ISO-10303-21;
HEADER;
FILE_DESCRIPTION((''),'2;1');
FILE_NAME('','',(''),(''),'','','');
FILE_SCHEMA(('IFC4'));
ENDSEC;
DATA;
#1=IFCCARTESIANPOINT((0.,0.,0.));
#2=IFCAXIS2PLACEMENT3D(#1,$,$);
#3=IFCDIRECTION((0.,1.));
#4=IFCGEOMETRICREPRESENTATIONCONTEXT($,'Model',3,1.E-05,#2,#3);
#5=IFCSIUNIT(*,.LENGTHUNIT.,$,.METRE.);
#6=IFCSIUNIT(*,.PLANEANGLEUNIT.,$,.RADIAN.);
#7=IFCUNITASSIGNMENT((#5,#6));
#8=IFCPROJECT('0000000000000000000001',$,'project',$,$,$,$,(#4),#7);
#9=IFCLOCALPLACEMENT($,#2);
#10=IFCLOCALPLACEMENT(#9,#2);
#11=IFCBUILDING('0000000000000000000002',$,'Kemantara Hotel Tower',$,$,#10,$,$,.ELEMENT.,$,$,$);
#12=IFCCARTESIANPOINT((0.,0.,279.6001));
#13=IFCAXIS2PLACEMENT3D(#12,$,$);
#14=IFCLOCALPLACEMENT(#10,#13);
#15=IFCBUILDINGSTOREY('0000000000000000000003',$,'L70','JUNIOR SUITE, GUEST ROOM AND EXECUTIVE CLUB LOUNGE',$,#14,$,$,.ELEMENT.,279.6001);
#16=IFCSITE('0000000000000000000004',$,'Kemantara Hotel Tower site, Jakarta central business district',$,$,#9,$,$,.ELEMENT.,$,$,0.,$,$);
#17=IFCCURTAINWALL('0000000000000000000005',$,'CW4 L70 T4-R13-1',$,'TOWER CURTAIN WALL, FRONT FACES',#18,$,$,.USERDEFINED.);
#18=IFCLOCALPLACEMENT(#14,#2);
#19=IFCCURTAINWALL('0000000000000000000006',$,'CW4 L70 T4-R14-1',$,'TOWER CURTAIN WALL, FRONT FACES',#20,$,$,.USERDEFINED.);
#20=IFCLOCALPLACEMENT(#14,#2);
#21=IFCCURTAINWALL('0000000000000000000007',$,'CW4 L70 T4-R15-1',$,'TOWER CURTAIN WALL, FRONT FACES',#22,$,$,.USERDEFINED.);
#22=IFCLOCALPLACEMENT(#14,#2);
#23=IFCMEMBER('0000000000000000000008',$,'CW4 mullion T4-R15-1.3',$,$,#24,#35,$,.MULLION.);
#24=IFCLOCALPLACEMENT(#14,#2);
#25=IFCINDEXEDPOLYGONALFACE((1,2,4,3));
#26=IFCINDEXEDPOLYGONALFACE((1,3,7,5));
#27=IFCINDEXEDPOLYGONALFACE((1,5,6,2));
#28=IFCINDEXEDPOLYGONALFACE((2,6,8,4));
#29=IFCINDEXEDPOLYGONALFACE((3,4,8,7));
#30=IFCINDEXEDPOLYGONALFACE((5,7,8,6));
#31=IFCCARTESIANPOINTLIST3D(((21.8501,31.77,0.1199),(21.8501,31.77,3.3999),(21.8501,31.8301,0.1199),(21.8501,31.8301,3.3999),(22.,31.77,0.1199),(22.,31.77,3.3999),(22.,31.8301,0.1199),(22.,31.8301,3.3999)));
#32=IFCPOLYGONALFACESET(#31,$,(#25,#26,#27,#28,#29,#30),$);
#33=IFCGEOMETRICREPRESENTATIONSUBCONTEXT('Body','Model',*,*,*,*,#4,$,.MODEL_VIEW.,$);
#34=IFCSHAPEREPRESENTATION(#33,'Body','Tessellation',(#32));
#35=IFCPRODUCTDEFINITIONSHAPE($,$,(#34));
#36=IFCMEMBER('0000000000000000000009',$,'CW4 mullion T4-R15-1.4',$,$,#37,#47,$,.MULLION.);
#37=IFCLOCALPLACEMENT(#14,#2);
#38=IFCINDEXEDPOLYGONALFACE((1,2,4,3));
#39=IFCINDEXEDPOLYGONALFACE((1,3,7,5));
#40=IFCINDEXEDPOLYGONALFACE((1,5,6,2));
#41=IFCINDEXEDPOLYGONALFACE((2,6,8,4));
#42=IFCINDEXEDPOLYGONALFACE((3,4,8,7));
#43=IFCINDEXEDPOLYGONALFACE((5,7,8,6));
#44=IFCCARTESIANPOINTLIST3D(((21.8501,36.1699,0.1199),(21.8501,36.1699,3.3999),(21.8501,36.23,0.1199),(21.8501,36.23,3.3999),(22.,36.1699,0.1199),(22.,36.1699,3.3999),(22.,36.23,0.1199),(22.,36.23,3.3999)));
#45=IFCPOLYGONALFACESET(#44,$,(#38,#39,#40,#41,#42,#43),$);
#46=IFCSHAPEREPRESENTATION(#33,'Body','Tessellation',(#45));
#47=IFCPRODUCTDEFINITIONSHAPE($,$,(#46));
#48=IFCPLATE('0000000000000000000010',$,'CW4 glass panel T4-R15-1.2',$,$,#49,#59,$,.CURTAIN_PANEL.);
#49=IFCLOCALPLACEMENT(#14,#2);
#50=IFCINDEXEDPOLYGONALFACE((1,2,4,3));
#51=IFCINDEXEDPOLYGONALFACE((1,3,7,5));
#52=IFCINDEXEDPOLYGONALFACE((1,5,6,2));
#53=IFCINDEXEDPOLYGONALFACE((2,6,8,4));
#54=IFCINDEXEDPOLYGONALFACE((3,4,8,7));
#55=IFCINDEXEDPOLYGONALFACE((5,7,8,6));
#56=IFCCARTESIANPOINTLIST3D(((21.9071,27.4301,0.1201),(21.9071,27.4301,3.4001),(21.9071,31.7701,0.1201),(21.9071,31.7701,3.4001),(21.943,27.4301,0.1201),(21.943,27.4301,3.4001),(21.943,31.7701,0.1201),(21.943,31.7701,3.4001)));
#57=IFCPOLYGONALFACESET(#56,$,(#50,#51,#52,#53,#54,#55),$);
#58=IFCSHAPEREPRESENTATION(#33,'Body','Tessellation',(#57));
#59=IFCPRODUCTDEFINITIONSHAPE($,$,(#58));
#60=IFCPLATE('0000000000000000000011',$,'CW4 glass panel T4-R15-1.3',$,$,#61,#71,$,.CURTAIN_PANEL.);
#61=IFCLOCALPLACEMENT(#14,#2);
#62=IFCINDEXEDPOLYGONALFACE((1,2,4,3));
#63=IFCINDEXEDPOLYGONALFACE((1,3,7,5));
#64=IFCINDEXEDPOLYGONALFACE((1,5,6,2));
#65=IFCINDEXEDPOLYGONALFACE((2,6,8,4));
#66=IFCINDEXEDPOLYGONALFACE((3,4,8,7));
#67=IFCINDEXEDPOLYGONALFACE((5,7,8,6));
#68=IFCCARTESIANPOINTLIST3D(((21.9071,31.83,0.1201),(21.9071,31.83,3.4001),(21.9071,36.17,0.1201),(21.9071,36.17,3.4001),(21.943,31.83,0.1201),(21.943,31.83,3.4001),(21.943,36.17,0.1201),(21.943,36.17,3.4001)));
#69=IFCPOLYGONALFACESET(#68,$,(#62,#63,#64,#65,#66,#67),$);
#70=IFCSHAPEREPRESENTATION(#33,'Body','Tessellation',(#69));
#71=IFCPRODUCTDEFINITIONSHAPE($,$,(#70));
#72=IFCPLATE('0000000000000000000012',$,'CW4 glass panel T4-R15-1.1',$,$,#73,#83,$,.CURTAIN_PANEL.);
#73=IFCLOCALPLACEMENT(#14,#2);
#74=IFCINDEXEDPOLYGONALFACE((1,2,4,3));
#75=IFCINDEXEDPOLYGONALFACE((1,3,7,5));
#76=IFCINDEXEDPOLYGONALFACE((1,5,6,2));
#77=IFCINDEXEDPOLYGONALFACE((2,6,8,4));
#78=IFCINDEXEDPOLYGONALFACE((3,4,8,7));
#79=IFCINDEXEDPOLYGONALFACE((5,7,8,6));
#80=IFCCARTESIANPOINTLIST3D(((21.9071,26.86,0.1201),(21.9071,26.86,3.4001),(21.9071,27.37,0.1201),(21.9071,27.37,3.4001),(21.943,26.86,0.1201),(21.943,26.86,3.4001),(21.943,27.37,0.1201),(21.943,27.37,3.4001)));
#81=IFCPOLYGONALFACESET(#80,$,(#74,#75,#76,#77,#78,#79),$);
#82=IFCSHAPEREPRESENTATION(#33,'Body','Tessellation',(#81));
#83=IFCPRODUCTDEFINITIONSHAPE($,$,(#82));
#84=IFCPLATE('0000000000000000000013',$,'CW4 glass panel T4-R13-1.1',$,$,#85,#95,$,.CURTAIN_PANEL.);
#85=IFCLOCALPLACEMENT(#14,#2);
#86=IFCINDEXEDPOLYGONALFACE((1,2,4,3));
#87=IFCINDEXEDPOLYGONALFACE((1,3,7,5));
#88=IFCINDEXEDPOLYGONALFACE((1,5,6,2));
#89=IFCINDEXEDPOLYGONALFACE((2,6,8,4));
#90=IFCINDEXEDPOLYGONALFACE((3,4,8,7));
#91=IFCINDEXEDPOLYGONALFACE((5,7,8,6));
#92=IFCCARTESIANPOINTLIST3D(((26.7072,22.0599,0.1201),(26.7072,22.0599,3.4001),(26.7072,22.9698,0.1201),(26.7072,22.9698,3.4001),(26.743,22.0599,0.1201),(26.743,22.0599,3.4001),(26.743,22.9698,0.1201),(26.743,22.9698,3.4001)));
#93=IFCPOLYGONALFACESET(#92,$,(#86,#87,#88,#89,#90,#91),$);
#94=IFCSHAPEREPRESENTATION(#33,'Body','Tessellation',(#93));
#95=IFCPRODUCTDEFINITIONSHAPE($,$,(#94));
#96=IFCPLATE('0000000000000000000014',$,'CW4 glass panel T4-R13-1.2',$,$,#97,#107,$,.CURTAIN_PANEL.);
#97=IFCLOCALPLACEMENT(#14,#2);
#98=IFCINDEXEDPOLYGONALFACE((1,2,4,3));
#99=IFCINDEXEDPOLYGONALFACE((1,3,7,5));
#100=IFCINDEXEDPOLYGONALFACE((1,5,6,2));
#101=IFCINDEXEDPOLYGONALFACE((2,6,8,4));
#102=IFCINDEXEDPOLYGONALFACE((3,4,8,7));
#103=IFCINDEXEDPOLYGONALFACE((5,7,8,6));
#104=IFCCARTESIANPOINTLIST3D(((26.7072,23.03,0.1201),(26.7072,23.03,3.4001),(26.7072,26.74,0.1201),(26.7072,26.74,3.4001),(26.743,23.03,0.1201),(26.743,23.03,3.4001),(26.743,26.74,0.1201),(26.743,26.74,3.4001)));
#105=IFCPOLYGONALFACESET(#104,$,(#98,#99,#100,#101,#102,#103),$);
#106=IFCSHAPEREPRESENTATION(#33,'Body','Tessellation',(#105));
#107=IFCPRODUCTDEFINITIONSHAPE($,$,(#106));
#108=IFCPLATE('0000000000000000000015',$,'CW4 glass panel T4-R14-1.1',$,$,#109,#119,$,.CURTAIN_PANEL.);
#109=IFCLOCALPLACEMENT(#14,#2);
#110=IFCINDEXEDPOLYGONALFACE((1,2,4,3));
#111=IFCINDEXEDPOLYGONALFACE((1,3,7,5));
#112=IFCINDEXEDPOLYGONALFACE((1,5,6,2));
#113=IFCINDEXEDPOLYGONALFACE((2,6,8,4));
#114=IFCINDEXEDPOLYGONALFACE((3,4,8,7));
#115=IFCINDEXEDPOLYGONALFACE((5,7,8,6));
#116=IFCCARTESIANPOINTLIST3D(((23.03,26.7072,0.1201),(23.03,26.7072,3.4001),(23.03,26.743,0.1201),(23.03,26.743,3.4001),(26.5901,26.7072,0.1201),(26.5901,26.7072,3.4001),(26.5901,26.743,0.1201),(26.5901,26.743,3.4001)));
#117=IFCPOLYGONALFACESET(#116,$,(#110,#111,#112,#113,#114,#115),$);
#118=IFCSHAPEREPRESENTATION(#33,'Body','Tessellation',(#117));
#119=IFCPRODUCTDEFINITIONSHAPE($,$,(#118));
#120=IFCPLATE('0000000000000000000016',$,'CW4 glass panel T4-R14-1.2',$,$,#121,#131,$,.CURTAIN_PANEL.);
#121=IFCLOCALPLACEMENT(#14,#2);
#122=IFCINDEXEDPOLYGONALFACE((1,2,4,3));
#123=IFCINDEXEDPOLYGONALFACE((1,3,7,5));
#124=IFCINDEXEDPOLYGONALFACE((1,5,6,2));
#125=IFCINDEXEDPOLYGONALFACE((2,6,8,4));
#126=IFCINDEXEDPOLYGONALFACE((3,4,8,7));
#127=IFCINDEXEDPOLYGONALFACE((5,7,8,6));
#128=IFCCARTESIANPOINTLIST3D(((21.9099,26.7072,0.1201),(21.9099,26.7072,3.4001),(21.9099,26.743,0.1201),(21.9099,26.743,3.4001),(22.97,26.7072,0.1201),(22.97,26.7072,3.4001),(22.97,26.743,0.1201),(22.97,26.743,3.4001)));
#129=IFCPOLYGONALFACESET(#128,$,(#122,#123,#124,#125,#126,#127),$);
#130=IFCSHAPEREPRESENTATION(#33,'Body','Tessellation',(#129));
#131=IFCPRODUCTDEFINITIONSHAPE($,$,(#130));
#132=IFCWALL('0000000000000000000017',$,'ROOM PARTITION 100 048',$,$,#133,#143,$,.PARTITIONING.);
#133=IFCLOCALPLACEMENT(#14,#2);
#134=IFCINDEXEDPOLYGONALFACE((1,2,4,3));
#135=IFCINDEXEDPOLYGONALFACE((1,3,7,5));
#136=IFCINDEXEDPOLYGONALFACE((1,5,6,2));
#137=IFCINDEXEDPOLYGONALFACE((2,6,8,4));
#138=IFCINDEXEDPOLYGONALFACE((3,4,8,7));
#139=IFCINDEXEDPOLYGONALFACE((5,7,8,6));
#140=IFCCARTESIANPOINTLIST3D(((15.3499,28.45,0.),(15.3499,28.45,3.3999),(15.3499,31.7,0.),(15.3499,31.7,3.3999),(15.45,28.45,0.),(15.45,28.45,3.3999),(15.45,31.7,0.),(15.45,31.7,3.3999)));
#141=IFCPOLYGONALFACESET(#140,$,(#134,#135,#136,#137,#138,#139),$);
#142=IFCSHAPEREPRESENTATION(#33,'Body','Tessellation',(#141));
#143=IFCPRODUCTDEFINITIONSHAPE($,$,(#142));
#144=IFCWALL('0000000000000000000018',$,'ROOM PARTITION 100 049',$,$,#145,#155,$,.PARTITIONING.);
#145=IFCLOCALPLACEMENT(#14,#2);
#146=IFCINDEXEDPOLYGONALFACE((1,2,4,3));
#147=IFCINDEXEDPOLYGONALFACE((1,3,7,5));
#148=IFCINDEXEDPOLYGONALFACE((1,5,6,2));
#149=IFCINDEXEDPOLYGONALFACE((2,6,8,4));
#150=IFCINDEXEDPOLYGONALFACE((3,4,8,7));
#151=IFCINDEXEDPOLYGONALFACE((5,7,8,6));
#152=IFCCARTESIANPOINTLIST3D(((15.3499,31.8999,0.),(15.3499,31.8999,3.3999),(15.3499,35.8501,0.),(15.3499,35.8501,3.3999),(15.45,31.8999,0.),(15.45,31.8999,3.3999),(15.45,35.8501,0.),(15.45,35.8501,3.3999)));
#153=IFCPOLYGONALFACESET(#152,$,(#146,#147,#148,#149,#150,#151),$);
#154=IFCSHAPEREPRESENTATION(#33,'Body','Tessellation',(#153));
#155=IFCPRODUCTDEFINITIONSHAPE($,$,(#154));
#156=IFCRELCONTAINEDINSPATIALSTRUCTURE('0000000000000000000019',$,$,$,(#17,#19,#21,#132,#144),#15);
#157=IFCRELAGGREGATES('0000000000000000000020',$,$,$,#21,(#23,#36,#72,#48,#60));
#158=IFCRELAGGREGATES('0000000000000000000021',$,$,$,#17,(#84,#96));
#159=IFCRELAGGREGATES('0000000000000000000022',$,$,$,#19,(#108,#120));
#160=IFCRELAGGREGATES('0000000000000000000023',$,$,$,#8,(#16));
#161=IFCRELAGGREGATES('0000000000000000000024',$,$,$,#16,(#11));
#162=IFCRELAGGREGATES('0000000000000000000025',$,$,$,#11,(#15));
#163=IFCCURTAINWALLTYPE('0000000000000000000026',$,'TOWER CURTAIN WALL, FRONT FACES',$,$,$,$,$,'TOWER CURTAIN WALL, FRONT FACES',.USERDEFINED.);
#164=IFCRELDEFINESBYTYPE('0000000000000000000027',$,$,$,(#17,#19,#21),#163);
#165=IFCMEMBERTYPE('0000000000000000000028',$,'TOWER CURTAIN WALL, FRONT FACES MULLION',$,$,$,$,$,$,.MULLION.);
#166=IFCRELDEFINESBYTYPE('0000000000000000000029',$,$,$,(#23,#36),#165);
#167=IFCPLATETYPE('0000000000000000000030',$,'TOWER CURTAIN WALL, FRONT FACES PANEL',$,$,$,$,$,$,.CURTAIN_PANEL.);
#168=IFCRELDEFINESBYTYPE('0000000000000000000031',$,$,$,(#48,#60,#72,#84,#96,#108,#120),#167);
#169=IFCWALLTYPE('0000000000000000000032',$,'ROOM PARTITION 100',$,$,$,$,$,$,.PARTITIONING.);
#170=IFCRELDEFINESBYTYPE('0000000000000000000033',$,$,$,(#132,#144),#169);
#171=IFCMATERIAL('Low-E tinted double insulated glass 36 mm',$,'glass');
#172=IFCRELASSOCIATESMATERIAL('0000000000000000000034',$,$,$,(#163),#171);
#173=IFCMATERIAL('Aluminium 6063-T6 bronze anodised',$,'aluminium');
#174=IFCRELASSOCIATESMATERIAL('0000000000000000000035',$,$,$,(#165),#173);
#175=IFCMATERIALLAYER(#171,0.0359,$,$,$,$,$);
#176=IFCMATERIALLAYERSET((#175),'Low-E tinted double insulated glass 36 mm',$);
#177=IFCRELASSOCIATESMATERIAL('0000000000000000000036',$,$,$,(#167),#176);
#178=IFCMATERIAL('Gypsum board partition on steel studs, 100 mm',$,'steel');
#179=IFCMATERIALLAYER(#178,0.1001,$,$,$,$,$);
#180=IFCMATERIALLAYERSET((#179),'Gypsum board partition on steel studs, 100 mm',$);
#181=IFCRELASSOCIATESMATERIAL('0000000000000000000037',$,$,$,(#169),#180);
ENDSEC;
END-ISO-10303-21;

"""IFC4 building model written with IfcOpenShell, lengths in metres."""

from ifc_helpers import new_model, si_unit, direction, frame, frame_2d, origin, origin_2d, place, context, subcontext, project, spatial, rectangle, extrude, source, transform, mapped, material, layer, layer_set, material_profile, profile_set, type_object, element, aggregate, save


model = new_model("IFC4")

# Units and contexts
model_context = context("Model", 3, precision=1e-05, world=origin(), true_north=direction((0.0, 1.0)))
body_context = subcontext(model_context, "Body", "Model", "MODEL_VIEW")
ifc_project = project(units=[si_unit("LENGTHUNIT", "METRE"), si_unit("PLANEANGLEUNIT", "RADIAN")], contexts=[model_context])

# Site, building, storey
site_placement = place(None, origin())
site = spatial("IfcSite", under=ifc_project, at=site_placement, Name="Kemantara Hotel Tower site, Jakarta central business district", CompositionType="ELEMENT", RefElevation=0.0)
building_placement = place(site_placement, origin())
building = spatial("IfcBuilding", under=site, at=building_placement, Name="Kemantara Hotel Tower", CompositionType="ELEMENT")
storey_placement = place(building_placement, frame((0.0, 0.0, 279.6001)))
storey = spatial("IfcBuildingStorey", under=building, at=storey_placement, Name="L70", Description="JUNIOR SUITE, GUEST ROOM AND EXECUTIVE CLUB LOUNGE", CompositionType="ELEMENT", Elevation=279.6001)

# Curtain walls
ifc_material_1 = material(Name="Low-E tinted double insulated glass 36 mm", Category="glass")
curtain_wall_type = type_object("IfcCurtainWallType", Name="TOWER CURTAIN WALL, FRONT FACES", ElementType="TOWER CURTAIN WALL, FRONT FACES", PredefinedType="USERDEFINED", material=ifc_material_1)
curtain_wall_1_placement = place(storey_placement, origin())
curtain_wall_1 = element("IfcCurtainWall", 1, at=curtain_wall_1_placement, inside=storey, type_object=curtain_wall_type, Name="CW4 L70 T4-R13-1", ObjectType="TOWER CURTAIN WALL, FRONT FACES", PredefinedType="USERDEFINED")
ifc_material_2 = material(Name="Aluminium 6063-T6 bronze anodised", Category="aluminium")
curtain_wall_2_placement = place(storey_placement, origin())
curtain_wall_2 = element("IfcCurtainWall", 2, at=curtain_wall_2_placement, inside=storey, type_object=curtain_wall_type, Name="CW4 L70 T4-R14-1", ObjectType="TOWER CURTAIN WALL, FRONT FACES", PredefinedType="USERDEFINED")
curtain_wall_3_placement = place(storey_placement, origin())
curtain_wall_3 = element("IfcCurtainWall", 3, at=curtain_wall_3_placement, inside=storey, type_object=curtain_wall_type, Name="CW4 L70 T4-R15-1", ObjectType="TOWER CURTAIN WALL, FRONT FACES", PredefinedType="USERDEFINED")

# Members
ifc_material_profile_1 = material_profile(ifc_material_2, rectangle(XDim=0.1499, YDim=0.0601, at=origin_2d()), Name="TOWER CURTAIN WALL, FRONT FACES MULLION")
ifc_profile_set_1 = profile_set([ifc_material_profile_1], Name="Aluminium 6063-T6 bronze anodised")
member_type_1 = type_object("IfcMemberType", Name="TOWER CURTAIN WALL, FRONT FACES MULLION", PredefinedType="MULLION", material=ifc_profile_set_1)
shared_shape_1 = source(origin(), body_context, "Body", "SweptSolid", [
    extrude(rectangle(XDim=0.1499, YDim=0.0601, at=origin_2d()), origin(), (0.0, 0.0, 1.0), 3.28),
])
member_1_placement = place(storey_placement, frame((21.925, 31.8, 0.1199), z_axis=(0.0, 0.0, 1.0), x_axis=(-1.0, 0.0, 0.0)))
member_1 = element("IfcMember", 4, at=member_1_placement, type_object=member_type_1, Name="CW4 mullion T4-R15-1.3", PredefinedType="MULLION", context=body_context, shape_type="MappedRepresentation", body=[
    mapped(shared_shape_1, transform((0.0, 0.0, 0.0))),
])
member_2_placement = place(storey_placement, frame((21.925, 36.2, 0.1199), z_axis=(0.0, 0.0, 1.0), x_axis=(-1.0, 0.0, 0.0)))
member_2 = element("IfcMember", 5, at=member_2_placement, type_object=member_type_1, Name="CW4 mullion T4-R15-1.4", PredefinedType="MULLION", context=body_context, shape_type="MappedRepresentation", body=[
    mapped(shared_shape_1, transform((0.0, 0.0, 0.0))),
])

# Plates
ifc_layer_1 = layer(ifc_material_1, 0.0359)
ifc_layer_set_1 = layer_set([ifc_layer_1], Name="Low-E tinted double insulated glass 36 mm")
plate_type = type_object("IfcPlateType", Name="TOWER CURTAIN WALL, FRONT FACES PANEL", PredefinedType="CURTAIN_PANEL", material=ifc_layer_set_1)
shared_shape_2 = source(origin(), body_context, "Body", "SweptSolid", [
    extrude(rectangle(XDim=4.3401, YDim=0.0359, at=origin_2d()), origin(), (0.0, 0.0, 1.0), 3.28),
])
plate_1_placement = place(storey_placement, frame((21.925, 29.6001, 0.1201), z_axis=(0.0, 0.0, 1.0), x_axis=(0.0, 1.0, 0.0)))
plate_1 = element("IfcPlate", 6, at=plate_1_placement, type_object=plate_type, Name="CW4 glass panel T4-R15-1.2", PredefinedType="CURTAIN_PANEL", context=body_context, shape_type="MappedRepresentation", body=[
    mapped(shared_shape_2, transform((0.0, 0.0, 0.0))),
])
plate_2_placement = place(storey_placement, frame((21.925, 34.0, 0.1201), z_axis=(0.0, 0.0, 1.0), x_axis=(0.0, 1.0, 0.0)))
plate_2 = element("IfcPlate", 7, at=plate_2_placement, type_object=plate_type, Name="CW4 glass panel T4-R15-1.3", PredefinedType="CURTAIN_PANEL", context=body_context, shape_type="MappedRepresentation", body=[
    mapped(shared_shape_2, transform((0.0, 0.0, 0.0))),
])
shared_shape_3 = source(origin(), body_context, "Body", "SweptSolid", [
    extrude(rectangle(XDim=0.51, YDim=0.0359, at=origin_2d()), origin(), (0.0, 0.0, 1.0), 3.28),
])
plate_3_placement = place(storey_placement, frame((21.925, 27.115, 0.1201), z_axis=(0.0, 0.0, 1.0), x_axis=(0.0, 1.0, 0.0)))
plate_3 = element("IfcPlate", 8, at=plate_3_placement, type_object=plate_type, Name="CW4 glass panel T4-R15-1.1", PredefinedType="CURTAIN_PANEL", context=body_context, shape_type="MappedRepresentation", body=[
    mapped(shared_shape_3, transform((0.0, 0.0, 0.0))),
])
aggregate(curtain_wall_3, [member_1, member_2, plate_3, plate_1, plate_2])
shared_shape_4 = source(origin(), body_context, "Body", "SweptSolid", [
    extrude(rectangle(XDim=0.9099, YDim=0.0359, at=origin_2d()), origin(), (0.0, 0.0, 1.0), 3.28),
])
plate_4_placement = place(storey_placement, frame((26.7251, 22.5149, 0.1201), z_axis=(0.0, 0.0, 1.0), x_axis=(0.0, 1.0, 0.0)))
plate_4 = element("IfcPlate", 9, at=plate_4_placement, type_object=plate_type, Name="CW4 glass panel T4-R13-1.1", PredefinedType="CURTAIN_PANEL", context=body_context, shape_type="MappedRepresentation", body=[
    mapped(shared_shape_4, transform((0.0, 0.0, 0.0))),
])
shared_shape_5 = source(origin(), body_context, "Body", "SweptSolid", [
    extrude(rectangle(XDim=3.71, YDim=0.0359, at=origin_2d()), origin(), (0.0, 0.0, 1.0), 3.28),
])
plate_5_placement = place(storey_placement, frame((26.7251, 24.885, 0.1201), z_axis=(0.0, 0.0, 1.0), x_axis=(0.0, 1.0, 0.0)))
plate_5 = element("IfcPlate", 10, at=plate_5_placement, type_object=plate_type, Name="CW4 glass panel T4-R13-1.2", PredefinedType="CURTAIN_PANEL", context=body_context, shape_type="MappedRepresentation", body=[
    mapped(shared_shape_5, transform((0.0, 0.0, 0.0))),
])
aggregate(curtain_wall_1, [plate_4, plate_5])
shared_shape_6 = source(origin(), body_context, "Body", "SweptSolid", [
    extrude(rectangle(XDim=3.5601, YDim=0.0359, at=origin_2d()), origin(), (0.0, 0.0, 1.0), 3.28),
])
plate_6_placement = place(storey_placement, frame((24.8101, 26.7251, 0.1201), z_axis=(0.0, 0.0, 1.0), x_axis=(-1.0, 0.0, 0.0)))
plate_6 = element("IfcPlate", 11, at=plate_6_placement, type_object=plate_type, Name="CW4 glass panel T4-R14-1.1", PredefinedType="CURTAIN_PANEL", context=body_context, shape_type="MappedRepresentation", body=[
    mapped(shared_shape_6, transform((0.0, 0.0, 0.0))),
])
shared_shape_7 = source(origin(), body_context, "Body", "SweptSolid", [
    extrude(rectangle(XDim=1.0601, YDim=0.0359, at=origin_2d()), origin(), (0.0, 0.0, 1.0), 3.28),
])
plate_7_placement = place(storey_placement, frame((22.4399, 26.7251, 0.1201), z_axis=(0.0, 0.0, 1.0), x_axis=(-1.0, 0.0, 0.0)))
plate_7 = element("IfcPlate", 12, at=plate_7_placement, type_object=plate_type, Name="CW4 glass panel T4-R14-1.2", PredefinedType="CURTAIN_PANEL", context=body_context, shape_type="MappedRepresentation", body=[
    mapped(shared_shape_7, transform((0.0, 0.0, 0.0))),
])
aggregate(curtain_wall_2, [plate_6, plate_7])

# Walls
ifc_material_3 = material(Name="Gypsum board partition on steel studs, 100 mm", Category="steel")
ifc_layer_2 = layer(ifc_material_3, 0.1001)
ifc_layer_set_2 = layer_set([ifc_layer_2], Name="Gypsum board partition on steel studs, 100 mm")
wall_type = type_object("IfcWallType", Name="ROOM PARTITION 100", PredefinedType="PARTITIONING", material=ifc_layer_set_2)
wall_1_placement = place(storey_placement, frame((15.3999, 28.45, 0.0), z_axis=(0.0, 0.0, 1.0), x_axis=(0.0, 1.0, 0.0)))
element("IfcWall", 13, at=wall_1_placement, inside=storey, type_object=wall_type, Name="ROOM PARTITION 100 048", PredefinedType="PARTITIONING", context=body_context, shape_type="SweptSolid", body=[
    extrude(rectangle(XDim=3.25, YDim=0.1001, at=frame_2d((1.625, 0.0))), origin(), (0.0, 0.0, 1.0), 3.3999),
])
wall_2_placement = place(storey_placement, frame((15.3999, 31.8999, 0.0), z_axis=(0.0, 0.0, 1.0), x_axis=(0.0, 1.0, 0.0)))
element("IfcWall", 14, at=wall_2_placement, inside=storey, type_object=wall_type, Name="ROOM PARTITION 100 049", PredefinedType="PARTITIONING", context=body_context, shape_type="SweptSolid", body=[
    extrude(rectangle(XDim=3.9502, YDim=0.1001, at=frame_2d((1.9751, 0.0))), origin(), (0.0, 0.0, 1.0), 3.3999),
])

save(model, "model.ifc")
